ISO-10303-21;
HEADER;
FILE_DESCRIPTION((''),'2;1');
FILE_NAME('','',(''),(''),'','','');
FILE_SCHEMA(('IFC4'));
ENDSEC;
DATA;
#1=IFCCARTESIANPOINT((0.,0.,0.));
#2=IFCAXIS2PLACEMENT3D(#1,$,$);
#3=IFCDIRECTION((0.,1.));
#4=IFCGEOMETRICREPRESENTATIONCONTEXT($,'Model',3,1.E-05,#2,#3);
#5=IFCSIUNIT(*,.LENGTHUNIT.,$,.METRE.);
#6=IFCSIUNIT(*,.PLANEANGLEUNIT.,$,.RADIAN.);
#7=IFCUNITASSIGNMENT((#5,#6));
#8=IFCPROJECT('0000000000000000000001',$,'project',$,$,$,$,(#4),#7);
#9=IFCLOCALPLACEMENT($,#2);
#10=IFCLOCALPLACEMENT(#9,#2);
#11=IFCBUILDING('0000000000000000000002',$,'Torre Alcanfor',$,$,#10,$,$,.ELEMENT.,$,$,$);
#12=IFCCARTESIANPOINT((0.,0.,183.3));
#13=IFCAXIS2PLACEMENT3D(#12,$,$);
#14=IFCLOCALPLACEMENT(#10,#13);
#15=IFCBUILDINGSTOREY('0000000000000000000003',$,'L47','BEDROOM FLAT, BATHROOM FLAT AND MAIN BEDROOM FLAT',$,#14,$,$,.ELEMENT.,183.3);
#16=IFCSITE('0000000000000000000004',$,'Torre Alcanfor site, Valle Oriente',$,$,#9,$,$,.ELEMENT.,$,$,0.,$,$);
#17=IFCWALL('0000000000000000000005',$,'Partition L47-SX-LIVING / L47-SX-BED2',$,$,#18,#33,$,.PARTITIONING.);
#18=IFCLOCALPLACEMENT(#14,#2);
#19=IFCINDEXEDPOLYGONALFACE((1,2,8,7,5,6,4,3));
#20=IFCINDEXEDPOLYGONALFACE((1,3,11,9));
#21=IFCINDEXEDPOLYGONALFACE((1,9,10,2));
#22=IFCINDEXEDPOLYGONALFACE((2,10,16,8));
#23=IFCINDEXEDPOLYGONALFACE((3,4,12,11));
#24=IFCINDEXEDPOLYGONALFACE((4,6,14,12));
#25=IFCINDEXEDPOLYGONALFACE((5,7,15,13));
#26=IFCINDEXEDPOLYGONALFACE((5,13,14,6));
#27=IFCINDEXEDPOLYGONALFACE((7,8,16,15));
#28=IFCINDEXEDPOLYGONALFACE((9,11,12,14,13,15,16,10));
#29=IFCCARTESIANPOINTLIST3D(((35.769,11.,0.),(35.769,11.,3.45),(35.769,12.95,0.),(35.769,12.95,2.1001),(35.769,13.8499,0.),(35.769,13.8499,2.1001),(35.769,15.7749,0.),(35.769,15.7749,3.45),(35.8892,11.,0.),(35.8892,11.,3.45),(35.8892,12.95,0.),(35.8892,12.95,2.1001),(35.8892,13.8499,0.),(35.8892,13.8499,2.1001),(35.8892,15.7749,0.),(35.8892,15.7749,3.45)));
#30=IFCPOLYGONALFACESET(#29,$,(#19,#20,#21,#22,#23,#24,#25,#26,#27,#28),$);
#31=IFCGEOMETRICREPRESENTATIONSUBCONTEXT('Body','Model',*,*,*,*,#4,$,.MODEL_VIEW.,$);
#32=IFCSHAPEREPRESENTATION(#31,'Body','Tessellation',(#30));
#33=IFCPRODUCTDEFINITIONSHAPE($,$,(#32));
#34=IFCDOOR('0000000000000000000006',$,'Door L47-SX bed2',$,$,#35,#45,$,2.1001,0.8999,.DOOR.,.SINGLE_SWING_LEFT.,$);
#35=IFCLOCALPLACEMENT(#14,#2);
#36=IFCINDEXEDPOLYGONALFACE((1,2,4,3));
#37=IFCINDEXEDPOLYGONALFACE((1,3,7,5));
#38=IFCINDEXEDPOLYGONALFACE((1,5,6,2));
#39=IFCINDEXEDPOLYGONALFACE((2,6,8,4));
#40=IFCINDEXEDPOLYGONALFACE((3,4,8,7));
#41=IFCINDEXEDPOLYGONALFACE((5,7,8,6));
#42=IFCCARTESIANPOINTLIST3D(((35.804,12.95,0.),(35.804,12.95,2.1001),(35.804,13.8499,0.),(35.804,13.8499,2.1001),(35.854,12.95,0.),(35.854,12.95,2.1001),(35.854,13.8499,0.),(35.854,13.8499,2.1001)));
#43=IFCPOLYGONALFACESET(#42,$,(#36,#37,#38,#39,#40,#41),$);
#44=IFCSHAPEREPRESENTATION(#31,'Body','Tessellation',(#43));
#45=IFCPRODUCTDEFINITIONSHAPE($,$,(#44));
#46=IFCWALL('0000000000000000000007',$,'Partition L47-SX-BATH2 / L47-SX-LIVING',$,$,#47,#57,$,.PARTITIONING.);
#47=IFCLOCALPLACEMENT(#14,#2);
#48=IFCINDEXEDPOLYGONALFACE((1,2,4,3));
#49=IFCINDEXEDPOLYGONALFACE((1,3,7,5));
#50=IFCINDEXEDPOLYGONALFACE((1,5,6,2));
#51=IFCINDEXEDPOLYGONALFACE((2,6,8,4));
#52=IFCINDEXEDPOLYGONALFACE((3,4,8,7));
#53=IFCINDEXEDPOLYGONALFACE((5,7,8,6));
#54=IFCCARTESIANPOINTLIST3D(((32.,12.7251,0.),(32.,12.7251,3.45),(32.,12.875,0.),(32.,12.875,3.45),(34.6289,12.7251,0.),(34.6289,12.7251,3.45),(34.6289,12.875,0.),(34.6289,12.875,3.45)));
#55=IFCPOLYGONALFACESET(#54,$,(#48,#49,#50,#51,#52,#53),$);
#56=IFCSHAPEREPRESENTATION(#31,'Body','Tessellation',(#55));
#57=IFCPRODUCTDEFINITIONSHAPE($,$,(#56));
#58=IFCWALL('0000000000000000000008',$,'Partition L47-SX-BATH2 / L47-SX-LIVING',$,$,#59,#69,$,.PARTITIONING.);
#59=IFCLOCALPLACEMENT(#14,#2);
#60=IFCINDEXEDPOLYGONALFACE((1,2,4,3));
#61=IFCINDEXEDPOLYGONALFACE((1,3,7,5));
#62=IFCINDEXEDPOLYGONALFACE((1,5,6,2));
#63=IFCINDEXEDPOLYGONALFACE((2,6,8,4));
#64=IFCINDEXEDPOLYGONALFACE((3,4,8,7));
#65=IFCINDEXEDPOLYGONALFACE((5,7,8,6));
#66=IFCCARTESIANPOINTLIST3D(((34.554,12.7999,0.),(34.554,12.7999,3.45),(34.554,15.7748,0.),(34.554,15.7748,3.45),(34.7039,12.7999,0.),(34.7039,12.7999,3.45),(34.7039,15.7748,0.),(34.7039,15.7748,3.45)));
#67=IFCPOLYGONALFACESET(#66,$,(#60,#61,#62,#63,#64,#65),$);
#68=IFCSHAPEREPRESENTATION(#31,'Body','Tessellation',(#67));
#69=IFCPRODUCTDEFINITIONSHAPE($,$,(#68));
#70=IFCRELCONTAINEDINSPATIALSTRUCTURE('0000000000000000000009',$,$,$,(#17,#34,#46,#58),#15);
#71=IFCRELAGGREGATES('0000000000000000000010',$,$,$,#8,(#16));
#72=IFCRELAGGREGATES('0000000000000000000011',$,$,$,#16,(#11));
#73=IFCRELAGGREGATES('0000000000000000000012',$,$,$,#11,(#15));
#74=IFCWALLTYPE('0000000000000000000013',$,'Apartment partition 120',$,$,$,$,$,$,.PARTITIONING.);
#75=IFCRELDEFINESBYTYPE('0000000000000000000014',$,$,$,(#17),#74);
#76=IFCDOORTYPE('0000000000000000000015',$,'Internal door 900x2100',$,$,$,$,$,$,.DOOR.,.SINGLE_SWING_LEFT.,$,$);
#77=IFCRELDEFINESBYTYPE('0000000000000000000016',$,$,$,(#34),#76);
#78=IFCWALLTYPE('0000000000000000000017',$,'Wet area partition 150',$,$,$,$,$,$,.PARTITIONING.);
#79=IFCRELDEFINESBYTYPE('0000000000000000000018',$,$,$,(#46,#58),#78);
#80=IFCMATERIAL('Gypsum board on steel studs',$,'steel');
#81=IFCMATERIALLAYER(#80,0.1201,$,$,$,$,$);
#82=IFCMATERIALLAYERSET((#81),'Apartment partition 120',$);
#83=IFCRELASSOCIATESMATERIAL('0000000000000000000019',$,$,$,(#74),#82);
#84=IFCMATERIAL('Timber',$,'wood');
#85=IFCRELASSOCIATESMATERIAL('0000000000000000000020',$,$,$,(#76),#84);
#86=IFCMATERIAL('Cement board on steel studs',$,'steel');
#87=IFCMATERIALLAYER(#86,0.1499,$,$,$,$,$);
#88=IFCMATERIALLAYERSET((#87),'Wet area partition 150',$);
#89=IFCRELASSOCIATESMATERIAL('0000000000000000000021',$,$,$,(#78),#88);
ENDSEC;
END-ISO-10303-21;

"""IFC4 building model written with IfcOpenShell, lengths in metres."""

from ifc_helpers import new_model, si_unit, direction, frame, frame_2d, origin, place, context, subcontext, project, spatial, rectangle, extrude, material, layer, layer_set, type_object, element, fill, save


model = new_model("IFC4")

# Units and contexts
model_context = context("Model", 3, precision=1e-05, world=origin(), true_north=direction((0.0, 1.0)))
body_context = subcontext(model_context, "Body", "Model", "MODEL_VIEW")
ifc_project = project(units=[si_unit("LENGTHUNIT", "METRE"), si_unit("PLANEANGLEUNIT", "RADIAN")], contexts=[model_context])

# Site, building, storey
site_placement = place(None, origin())
site = spatial("IfcSite", under=ifc_project, at=site_placement, Name="Torre Alcanfor site, Valle Oriente", CompositionType="ELEMENT", RefElevation=0.0)
building_placement = place(site_placement, origin())
building = spatial("IfcBuilding", under=site, at=building_placement, Name="Torre Alcanfor", CompositionType="ELEMENT")
storey_placement = place(building_placement, frame((0.0, 0.0, 183.3)))
storey = spatial("IfcBuildingStorey", under=building, at=storey_placement, Name="L47", Description="BEDROOM FLAT, BATHROOM FLAT AND MAIN BEDROOM FLAT", CompositionType="ELEMENT", Elevation=183.3)

# Shared definitions
ifc_material_1 = material(Name="Gypsum board on steel studs", Category="steel")
ifc_layer_1 = layer(ifc_material_1, 0.1201)
ifc_layer_set_1 = layer_set([ifc_layer_1], Name="Apartment partition 120")
wall_type_1 = type_object("IfcWallType", Name="Apartment partition 120", PredefinedType="PARTITIONING", material=ifc_layer_set_1)
ifc_material_2 = material(Name="Timber", Category="wood")
door_type_1 = type_object("IfcDoorType", Name="Internal door 900x2100", OperationType="SINGLE_SWING_LEFT", PredefinedType="DOOR", material=ifc_material_2)

# Wall, opening, door
wall_1_placement = place(storey_placement, frame((35.8291, 15.7749, 0.0), z_axis=(0.0, 0.0, 1.0), x_axis=(0.0, -1.0, 0.0)))
wall_1 = element("IfcWall", 1, at=wall_1_placement, inside=storey, type_object=wall_type_1, Name="Partition L47-SX-LIVING / L47-SX-BED2", PredefinedType="PARTITIONING", context=body_context, shape_type="SweptSolid", body=[
    extrude(rectangle(XDim=4.7749, YDim=0.1201, at=frame_2d((2.3875, 0.0))), origin(), (0.0, 0.0, 1.0), 3.45),
])
opening_1_placement = place(wall_1_placement, frame((1.925, 0.0, 0.0)))
opening_1 = element("IfcOpeningElement", 2, at=opening_1_placement, cuts=wall_1, PredefinedType="OPENING", context=body_context, shape_type="SweptSolid", body=[
    extrude(rectangle(XDim=0.8999, YDim=2.1001, at=frame_2d((0.45, 1.05))), frame((0.0, 0.0701, 0.0), z_axis=(0.0, -1.0, 0.0), x_axis=(1.0, 0.0, 0.0)), (0.0, 0.0, 1.0), 0.1401),
])
door_1_placement = place(opening_1_placement, origin())
door_1 = element("IfcDoor", 3, at=door_1_placement, inside=storey, type_object=door_type_1, Name="Door L47-SX bed2", OperationType="SINGLE_SWING_LEFT", OverallHeight=2.1001, OverallWidth=0.8999, PredefinedType="DOOR", context=body_context, shape_type="SweptSolid", body=[
    extrude(rectangle(XDim=0.8999, YDim=2.1001, at=frame_2d((0.45, 1.05))), frame((0.0, 0.0249, 0.0), z_axis=(0.0, -1.0, 0.0), x_axis=(1.0, 0.0, 0.0)), (0.0, 0.0, 1.0), 0.05),
])
fill(opening_1, door_1)

# Walls
ifc_material_3 = material(Name="Cement board on steel studs", Category="steel")
ifc_layer_2 = layer(ifc_material_3, 0.1499)
ifc_layer_set_2 = layer_set([ifc_layer_2], Name="Wet area partition 150")
wall_type_2 = type_object("IfcWallType", Name="Wet area partition 150", PredefinedType="PARTITIONING", material=ifc_layer_set_2)
wall_2_placement = place(storey_placement, frame((32.0, 12.8, 0.0), z_axis=(0.0, 0.0, 1.0), x_axis=(1.0, 0.0, 0.0)))
element("IfcWall", 4, at=wall_2_placement, inside=storey, type_object=wall_type_2, Name="Partition L47-SX-BATH2 / L47-SX-LIVING", PredefinedType="PARTITIONING", context=body_context, shape_type="SweptSolid", body=[
    extrude(rectangle(XDim=2.6289, YDim=0.1499, at=frame_2d((1.3145, 0.0))), origin(), (0.0, 0.0, 1.0), 3.45),
])
wall_3_placement = place(storey_placement, frame((34.6289, 12.8, 0.0), z_axis=(0.0, 0.0, 1.0), x_axis=(0.0, 1.0, 0.0)))
element("IfcWall", 5, at=wall_3_placement, inside=storey, type_object=wall_type_2, Name="Partition L47-SX-BATH2 / L47-SX-LIVING", PredefinedType="PARTITIONING", context=body_context, shape_type="SweptSolid", body=[
    extrude(rectangle(XDim=2.9749, YDim=0.1499, at=frame_2d((1.4873, 0.0))), origin(), (0.0, 0.0, 1.0), 3.45),
])

save(model, "model.ifc")
